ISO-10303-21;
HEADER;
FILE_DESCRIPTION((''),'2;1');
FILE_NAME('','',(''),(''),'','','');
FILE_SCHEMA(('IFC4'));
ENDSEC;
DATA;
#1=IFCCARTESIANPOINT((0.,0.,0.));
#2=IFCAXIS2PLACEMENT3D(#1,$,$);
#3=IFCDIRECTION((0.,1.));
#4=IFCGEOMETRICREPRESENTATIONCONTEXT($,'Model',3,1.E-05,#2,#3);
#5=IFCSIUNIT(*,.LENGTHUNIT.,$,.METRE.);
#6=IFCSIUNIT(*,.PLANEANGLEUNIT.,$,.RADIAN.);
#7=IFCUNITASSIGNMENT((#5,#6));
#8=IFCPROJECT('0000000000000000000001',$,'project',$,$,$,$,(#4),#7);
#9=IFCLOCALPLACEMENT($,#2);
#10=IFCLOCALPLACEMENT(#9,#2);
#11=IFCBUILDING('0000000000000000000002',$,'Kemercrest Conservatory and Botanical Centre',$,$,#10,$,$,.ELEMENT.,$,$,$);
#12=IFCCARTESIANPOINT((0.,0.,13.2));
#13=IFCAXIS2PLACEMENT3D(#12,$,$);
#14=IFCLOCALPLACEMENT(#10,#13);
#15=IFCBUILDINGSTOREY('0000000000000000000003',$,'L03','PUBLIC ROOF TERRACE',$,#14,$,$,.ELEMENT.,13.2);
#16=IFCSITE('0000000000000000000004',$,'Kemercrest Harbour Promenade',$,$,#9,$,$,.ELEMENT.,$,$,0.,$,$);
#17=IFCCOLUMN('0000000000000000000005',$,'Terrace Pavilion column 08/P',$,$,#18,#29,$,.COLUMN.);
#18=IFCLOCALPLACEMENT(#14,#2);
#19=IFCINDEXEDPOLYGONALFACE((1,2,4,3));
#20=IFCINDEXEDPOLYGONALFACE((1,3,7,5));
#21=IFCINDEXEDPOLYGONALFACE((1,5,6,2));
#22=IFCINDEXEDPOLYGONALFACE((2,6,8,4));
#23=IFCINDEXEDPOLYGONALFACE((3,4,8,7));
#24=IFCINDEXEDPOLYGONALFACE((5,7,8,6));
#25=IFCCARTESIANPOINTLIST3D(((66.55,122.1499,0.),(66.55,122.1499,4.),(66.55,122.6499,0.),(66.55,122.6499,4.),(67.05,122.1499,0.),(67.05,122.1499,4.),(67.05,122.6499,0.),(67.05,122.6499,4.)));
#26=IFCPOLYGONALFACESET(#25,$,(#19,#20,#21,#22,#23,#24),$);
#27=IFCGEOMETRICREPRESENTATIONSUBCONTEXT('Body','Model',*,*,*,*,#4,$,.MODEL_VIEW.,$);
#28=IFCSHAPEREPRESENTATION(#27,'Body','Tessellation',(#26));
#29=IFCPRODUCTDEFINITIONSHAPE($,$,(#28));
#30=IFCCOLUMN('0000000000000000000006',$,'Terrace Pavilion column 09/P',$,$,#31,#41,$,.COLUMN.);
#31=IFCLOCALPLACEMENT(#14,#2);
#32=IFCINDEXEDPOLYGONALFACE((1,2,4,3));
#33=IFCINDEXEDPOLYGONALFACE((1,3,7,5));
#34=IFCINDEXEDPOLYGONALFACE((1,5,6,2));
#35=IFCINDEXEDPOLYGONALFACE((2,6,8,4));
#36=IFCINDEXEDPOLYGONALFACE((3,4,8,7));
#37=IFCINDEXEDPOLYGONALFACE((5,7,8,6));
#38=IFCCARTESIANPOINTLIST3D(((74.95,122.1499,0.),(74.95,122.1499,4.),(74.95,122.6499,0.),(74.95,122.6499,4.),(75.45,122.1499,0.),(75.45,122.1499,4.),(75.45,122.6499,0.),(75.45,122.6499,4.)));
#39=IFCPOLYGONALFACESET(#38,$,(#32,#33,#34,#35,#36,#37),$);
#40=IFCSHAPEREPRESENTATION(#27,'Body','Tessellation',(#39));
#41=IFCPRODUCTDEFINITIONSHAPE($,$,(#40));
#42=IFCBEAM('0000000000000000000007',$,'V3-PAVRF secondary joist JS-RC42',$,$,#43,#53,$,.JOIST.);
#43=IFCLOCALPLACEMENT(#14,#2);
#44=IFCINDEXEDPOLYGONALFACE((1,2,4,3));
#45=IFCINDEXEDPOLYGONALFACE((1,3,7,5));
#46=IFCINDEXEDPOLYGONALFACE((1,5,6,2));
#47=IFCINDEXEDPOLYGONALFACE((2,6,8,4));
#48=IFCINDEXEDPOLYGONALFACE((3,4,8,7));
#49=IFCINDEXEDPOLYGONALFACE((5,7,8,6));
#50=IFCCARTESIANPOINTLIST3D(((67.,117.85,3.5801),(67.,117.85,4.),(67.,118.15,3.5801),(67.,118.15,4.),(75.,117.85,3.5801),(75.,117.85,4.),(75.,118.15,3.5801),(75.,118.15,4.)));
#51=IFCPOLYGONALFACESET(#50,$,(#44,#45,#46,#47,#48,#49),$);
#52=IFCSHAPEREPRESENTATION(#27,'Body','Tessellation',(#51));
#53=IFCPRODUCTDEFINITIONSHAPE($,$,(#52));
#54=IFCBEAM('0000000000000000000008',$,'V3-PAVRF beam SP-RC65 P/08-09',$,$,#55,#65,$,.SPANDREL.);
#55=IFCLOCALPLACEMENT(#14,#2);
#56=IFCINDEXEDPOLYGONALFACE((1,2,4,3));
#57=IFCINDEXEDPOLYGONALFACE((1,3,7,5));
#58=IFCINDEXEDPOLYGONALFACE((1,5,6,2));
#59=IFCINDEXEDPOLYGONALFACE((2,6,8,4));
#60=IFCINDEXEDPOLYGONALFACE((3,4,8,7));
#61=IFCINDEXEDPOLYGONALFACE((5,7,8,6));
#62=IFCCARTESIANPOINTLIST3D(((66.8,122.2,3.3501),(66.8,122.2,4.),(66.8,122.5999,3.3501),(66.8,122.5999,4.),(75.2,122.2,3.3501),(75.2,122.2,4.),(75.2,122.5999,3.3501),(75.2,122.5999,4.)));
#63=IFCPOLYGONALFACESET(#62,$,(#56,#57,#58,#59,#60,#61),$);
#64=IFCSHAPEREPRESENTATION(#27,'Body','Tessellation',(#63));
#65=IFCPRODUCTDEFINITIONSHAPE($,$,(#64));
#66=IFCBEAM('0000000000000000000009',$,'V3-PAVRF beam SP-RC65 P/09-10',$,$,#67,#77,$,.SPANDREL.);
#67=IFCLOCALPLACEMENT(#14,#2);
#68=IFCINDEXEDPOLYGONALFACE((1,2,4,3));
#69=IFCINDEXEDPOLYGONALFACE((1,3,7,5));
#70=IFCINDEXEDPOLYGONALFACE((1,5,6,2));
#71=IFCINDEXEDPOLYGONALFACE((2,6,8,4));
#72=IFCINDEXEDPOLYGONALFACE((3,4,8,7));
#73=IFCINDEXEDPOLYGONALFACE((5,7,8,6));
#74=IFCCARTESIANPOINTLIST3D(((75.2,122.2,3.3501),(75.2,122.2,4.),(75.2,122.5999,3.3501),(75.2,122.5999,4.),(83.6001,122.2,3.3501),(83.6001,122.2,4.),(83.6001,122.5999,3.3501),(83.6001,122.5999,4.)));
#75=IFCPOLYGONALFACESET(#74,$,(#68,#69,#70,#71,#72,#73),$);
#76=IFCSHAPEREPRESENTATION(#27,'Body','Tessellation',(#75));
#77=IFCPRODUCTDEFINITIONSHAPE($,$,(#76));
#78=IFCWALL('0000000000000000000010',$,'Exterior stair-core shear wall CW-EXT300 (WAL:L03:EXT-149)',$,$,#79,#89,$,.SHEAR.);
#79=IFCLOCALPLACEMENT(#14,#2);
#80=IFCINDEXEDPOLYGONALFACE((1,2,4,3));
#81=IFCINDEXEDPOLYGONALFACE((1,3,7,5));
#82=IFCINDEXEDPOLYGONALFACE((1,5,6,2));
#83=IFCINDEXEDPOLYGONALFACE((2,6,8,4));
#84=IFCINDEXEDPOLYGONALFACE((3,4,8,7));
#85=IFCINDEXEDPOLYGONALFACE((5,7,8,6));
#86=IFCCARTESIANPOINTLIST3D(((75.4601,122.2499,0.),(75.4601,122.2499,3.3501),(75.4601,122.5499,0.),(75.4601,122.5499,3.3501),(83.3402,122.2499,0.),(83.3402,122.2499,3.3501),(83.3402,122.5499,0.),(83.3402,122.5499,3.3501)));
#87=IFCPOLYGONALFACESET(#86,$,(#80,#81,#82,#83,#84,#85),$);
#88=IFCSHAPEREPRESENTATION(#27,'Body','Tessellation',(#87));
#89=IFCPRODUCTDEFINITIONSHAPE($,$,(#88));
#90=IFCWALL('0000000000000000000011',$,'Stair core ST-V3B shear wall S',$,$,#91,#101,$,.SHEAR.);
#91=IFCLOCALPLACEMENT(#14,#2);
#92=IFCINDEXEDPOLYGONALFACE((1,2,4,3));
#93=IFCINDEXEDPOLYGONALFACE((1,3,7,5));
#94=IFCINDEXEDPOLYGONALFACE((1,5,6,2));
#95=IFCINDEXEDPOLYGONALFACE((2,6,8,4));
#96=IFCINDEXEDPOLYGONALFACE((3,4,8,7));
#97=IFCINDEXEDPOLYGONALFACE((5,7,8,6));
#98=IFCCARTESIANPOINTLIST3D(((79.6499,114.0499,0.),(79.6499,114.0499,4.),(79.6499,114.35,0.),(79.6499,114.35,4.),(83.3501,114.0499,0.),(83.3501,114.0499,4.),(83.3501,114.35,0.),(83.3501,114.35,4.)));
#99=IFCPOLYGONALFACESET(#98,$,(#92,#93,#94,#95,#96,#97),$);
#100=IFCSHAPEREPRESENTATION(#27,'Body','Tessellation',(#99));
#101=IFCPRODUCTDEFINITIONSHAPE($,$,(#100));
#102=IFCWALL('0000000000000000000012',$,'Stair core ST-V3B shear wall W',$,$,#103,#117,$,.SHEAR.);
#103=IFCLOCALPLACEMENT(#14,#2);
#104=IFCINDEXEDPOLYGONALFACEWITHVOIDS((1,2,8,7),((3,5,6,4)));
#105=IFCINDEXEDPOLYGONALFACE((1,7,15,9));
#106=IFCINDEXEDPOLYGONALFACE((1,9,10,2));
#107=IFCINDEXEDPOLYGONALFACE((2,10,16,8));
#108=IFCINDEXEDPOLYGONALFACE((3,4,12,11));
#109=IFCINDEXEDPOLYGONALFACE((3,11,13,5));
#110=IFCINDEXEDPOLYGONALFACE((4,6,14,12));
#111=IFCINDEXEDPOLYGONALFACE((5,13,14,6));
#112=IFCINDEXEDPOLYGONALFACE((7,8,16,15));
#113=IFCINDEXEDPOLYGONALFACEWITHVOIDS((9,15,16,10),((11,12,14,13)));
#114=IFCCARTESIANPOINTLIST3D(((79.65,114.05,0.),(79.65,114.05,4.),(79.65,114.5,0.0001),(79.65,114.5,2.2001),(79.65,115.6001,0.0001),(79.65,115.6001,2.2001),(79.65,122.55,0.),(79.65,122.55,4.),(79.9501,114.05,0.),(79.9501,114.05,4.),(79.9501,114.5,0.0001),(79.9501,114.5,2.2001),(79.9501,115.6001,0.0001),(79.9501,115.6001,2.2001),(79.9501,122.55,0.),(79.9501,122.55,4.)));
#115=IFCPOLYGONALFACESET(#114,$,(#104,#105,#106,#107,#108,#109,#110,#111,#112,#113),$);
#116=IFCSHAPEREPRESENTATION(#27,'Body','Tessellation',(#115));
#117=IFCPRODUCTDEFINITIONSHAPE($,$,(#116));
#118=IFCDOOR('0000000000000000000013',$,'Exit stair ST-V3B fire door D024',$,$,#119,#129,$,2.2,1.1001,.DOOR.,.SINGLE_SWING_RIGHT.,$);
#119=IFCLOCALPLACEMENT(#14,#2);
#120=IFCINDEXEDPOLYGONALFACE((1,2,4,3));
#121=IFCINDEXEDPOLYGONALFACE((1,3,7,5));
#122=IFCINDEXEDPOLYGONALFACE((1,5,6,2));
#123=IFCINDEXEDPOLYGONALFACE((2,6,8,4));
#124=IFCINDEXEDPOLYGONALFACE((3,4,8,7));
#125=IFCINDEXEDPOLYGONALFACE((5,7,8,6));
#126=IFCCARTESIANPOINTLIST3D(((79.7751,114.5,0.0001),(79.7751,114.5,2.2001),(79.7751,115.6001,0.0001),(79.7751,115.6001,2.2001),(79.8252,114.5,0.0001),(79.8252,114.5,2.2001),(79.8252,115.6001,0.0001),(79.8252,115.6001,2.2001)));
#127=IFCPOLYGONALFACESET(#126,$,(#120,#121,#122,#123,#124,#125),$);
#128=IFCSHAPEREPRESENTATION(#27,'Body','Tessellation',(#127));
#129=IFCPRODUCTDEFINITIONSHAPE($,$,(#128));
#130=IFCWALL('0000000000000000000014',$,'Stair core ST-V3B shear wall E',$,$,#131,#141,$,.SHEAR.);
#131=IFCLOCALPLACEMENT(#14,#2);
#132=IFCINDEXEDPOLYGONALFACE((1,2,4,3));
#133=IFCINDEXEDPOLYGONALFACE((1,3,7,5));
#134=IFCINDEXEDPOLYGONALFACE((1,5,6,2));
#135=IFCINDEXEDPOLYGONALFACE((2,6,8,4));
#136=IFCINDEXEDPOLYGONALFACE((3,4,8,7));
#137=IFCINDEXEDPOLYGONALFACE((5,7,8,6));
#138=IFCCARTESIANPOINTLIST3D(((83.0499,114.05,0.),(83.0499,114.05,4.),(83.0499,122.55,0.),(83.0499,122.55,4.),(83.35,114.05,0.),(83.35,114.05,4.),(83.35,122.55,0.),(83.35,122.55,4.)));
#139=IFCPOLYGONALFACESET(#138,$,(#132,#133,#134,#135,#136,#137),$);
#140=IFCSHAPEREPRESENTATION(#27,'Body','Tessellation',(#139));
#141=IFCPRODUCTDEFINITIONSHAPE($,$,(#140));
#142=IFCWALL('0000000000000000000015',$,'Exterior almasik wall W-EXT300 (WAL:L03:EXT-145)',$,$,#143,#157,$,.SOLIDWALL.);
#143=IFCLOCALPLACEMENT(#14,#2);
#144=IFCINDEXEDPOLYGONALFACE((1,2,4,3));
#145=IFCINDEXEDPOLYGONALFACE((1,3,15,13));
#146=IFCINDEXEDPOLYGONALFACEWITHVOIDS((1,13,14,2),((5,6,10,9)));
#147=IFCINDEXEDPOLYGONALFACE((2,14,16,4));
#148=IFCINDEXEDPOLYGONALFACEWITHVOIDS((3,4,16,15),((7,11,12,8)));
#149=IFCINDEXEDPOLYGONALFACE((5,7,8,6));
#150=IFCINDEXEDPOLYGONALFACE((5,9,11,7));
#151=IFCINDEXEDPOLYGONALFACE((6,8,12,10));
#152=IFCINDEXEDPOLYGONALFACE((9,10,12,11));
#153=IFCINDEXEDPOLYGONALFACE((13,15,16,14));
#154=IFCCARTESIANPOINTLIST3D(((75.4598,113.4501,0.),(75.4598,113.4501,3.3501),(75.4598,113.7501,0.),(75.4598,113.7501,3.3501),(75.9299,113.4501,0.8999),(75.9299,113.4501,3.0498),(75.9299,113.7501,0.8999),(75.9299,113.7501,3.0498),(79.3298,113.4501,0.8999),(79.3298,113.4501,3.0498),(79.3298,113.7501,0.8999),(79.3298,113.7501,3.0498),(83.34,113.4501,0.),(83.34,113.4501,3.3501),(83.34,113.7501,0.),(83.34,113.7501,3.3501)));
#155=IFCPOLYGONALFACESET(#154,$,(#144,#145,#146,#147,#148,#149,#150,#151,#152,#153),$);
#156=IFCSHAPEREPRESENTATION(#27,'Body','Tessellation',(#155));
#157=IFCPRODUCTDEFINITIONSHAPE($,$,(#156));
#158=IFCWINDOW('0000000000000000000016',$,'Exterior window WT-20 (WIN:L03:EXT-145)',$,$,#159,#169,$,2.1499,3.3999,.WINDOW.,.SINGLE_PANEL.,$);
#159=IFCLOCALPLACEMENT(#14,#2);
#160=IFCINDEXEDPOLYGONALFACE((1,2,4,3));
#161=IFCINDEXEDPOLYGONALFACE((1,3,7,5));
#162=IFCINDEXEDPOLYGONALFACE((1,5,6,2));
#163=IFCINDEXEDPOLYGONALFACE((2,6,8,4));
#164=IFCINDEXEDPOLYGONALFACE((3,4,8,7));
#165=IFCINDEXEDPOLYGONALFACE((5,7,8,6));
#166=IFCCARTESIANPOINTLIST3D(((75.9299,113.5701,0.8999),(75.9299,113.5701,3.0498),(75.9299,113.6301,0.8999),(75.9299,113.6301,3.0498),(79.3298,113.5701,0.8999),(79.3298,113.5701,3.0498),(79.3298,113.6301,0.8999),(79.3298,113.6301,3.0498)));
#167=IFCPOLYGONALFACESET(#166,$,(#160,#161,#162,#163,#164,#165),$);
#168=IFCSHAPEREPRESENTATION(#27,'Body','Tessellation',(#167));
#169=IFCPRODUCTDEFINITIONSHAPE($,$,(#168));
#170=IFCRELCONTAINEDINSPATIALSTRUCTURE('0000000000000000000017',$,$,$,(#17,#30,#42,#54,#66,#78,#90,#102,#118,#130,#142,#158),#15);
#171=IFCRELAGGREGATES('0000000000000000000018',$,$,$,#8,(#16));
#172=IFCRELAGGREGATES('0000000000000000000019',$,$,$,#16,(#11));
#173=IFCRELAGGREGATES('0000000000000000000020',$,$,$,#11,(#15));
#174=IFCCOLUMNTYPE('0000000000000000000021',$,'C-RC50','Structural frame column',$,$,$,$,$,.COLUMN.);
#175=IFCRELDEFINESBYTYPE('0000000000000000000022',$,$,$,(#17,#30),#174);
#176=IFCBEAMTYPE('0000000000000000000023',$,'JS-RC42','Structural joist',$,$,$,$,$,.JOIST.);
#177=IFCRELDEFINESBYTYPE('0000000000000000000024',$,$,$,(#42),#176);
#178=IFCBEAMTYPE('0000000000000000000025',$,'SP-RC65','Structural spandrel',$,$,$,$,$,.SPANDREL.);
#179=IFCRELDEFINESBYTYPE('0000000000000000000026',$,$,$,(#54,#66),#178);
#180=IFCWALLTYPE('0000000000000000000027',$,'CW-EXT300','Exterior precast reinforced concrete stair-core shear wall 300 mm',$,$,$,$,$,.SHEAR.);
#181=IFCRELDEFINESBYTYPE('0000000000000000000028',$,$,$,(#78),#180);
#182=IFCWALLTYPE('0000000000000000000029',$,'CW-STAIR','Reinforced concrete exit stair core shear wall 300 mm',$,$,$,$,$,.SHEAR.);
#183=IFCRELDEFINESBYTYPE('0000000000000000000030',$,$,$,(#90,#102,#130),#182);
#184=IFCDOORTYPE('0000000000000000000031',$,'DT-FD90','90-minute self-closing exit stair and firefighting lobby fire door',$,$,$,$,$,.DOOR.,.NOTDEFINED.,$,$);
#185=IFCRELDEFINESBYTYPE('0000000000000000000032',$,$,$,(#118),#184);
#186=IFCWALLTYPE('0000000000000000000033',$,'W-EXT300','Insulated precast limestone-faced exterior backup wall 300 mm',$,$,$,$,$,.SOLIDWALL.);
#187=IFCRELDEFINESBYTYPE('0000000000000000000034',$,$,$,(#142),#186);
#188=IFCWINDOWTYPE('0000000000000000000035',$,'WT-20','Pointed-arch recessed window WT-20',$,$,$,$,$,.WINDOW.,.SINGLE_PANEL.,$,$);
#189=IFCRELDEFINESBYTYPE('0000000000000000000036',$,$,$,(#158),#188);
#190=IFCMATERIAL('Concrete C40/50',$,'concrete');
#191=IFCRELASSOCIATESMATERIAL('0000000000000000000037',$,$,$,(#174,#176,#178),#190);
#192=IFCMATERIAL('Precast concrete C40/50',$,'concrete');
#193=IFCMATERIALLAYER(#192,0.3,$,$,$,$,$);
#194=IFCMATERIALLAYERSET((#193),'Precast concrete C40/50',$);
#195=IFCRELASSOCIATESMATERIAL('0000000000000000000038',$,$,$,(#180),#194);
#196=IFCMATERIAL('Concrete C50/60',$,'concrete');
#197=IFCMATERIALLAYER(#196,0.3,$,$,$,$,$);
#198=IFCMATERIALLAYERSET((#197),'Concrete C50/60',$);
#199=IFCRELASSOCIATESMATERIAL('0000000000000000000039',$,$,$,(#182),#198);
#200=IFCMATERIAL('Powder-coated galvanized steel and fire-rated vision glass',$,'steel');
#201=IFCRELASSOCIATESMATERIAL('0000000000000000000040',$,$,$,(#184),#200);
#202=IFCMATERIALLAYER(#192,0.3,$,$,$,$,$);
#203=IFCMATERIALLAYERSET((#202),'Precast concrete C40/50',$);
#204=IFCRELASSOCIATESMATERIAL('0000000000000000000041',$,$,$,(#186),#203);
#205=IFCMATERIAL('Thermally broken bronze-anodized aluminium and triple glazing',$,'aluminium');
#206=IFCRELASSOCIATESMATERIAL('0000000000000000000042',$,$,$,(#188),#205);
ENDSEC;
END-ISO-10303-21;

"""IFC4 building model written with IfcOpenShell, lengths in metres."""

from ifc_helpers import new_model, si_unit, direction, frame, frame_2d, origin, origin_2d, place, context, subcontext, project, spatial, rectangle, extrude, material, layer, layer_set, material_profile, profile_set, type_object, element, fill, save


model = new_model("IFC4")

# Units and contexts
model_context = context("Model", 3, precision=1e-05, world=origin(), true_north=direction((0.0, 1.0)))
body_context = subcontext(model_context, "Body", "Model", "MODEL_VIEW")
ifc_project = project(units=[si_unit("LENGTHUNIT", "METRE"), si_unit("PLANEANGLEUNIT", "RADIAN")], contexts=[model_context])

# Site, building, storey
site_placement = place(None, origin())
site = spatial("IfcSite", under=ifc_project, at=site_placement, Name="Kemercrest Harbour Promenade", CompositionType="ELEMENT", RefElevation=0.0)
building_placement = place(site_placement, origin())
building = spatial("IfcBuilding", under=site, at=building_placement, Name="Kemercrest Conservatory and Botanical Centre", CompositionType="ELEMENT")
storey_placement = place(building_placement, frame((0.0, 0.0, 13.2)))
storey = spatial("IfcBuildingStorey", under=building, at=storey_placement, Name="L03", Description="PUBLIC ROOF TERRACE", CompositionType="ELEMENT", Elevation=13.2)

# Columns
ifc_material_1 = material(Name="Concrete C40/50", Category="concrete")
ifc_material_profile_1 = material_profile(ifc_material_1, rectangle(XDim=0.5, YDim=0.5, at=origin_2d()), Name="RC 500x500")
ifc_profile_set_1 = profile_set([ifc_material_profile_1], Name="Concrete C40/50")
column_type = type_object("IfcColumnType", Name="C-RC50", Description="Structural frame column", PredefinedType="COLUMN", material=ifc_profile_set_1)
for number, where, z_axis, x_axis, name in (
    (1, (66.8, 122.3999, 0.0), (0.0, 0.0, 1.0), (1.0, 0.0, 0.0), "Terrace Pavilion column 08/P"),
    (2, (75.2, 122.3999, 0.0), (0.0, 0.0, 1.0), (1.0, 0.0, 0.0), "Terrace Pavilion column 09/P"),
):
    element("IfcColumn", number, at=place(storey_placement, frame(where, z_axis=z_axis, x_axis=x_axis)), inside=storey, type_object=column_type, Name=name, PredefinedType="COLUMN", context=body_context, shape_type="SweptSolid", body=[
        extrude(rectangle(XDim=0.5, YDim=0.5, at=origin_2d()), origin(), (0.0, 0.0, 1.0), 4.0),
    ])

# Beams
ifc_material_profile_2 = material_profile(ifc_material_1, rectangle(XDim=0.3, YDim=0.4199, at=origin_2d()), Name="RC 300x420")
ifc_profile_set_2 = profile_set([ifc_material_profile_2], Name="Concrete C40/50")
beam_type_1 = type_object("IfcBeamType", Name="JS-RC42", Description="Structural joist", PredefinedType="JOIST", material=ifc_profile_set_2)
beam_1_placement = place(storey_placement, frame((67.0, 118.0, 3.79), z_axis=(1.0, 0.0, 0.0), x_axis=(0.0, 1.0, 0.0)))
element("IfcBeam", 3, at=beam_1_placement, inside=storey, type_object=beam_type_1, Name="V3-PAVRF secondary joist JS-RC42", PredefinedType="JOIST", context=body_context, shape_type="SweptSolid", body=[
    extrude(rectangle(XDim=0.3, YDim=0.4199, at=origin_2d()), origin(), (0.0, 0.0, 1.0), 8.0),
])
ifc_material_profile_3 = material_profile(ifc_material_1, rectangle(XDim=0.3999, YDim=0.6499, at=origin_2d()), Name="RC 400x650")
ifc_profile_set_3 = profile_set([ifc_material_profile_3], Name="Concrete C40/50")
beam_type_2 = type_object("IfcBeamType", Name="SP-RC65", Description="Structural spandrel", PredefinedType="SPANDREL", material=ifc_profile_set_3)
beam_2_placement = place(storey_placement, frame((66.8, 122.3999, 3.675), z_axis=(1.0, 0.0, 0.0), x_axis=(0.0, 1.0, 0.0)))
element("IfcBeam", 4, at=beam_2_placement, inside=storey, type_object=beam_type_2, Name="V3-PAVRF beam SP-RC65 P/08-09", PredefinedType="SPANDREL", context=body_context, shape_type="SweptSolid", body=[
    extrude(rectangle(XDim=0.3999, YDim=0.6499, at=origin_2d()), origin(), (0.0, 0.0, 1.0), 8.3999),
])
beam_3_placement = place(storey_placement, frame((75.2, 122.3999, 3.675), z_axis=(1.0, 0.0, 0.0), x_axis=(0.0, 1.0, 0.0)))
element("IfcBeam", 5, at=beam_3_placement, inside=storey, type_object=beam_type_2, Name="V3-PAVRF beam SP-RC65 P/09-10", PredefinedType="SPANDREL", context=body_context, shape_type="SweptSolid", body=[
    extrude(rectangle(XDim=0.3999, YDim=0.6499, at=origin_2d()), origin(), (0.0, 0.0, 1.0), 8.4001),
])

# Walls
ifc_material_2 = material(Name="Precast concrete C40/50", Category="concrete")
ifc_layer_1 = layer(ifc_material_2, 0.3)
ifc_layer_set_1 = layer_set([ifc_layer_1], Name="Precast concrete C40/50")
wall_type_1 = type_object("IfcWallType", Name="CW-EXT300", Description="Exterior precast reinforced concrete stair-core shear wall 300 mm", PredefinedType="SHEAR", material=ifc_layer_set_1)
wall_1_placement = place(storey_placement, frame((83.3401, 122.3999, 0.0), z_axis=(0.0, 0.0, 1.0), x_axis=(-1.0, 0.0, 0.0)))
element("IfcWall", 6, at=wall_1_placement, inside=storey, type_object=wall_type_1, Name="Exterior stair-core shear wall CW-EXT300 (WAL:L03:EXT-149)", PredefinedType="SHEAR", context=body_context, shape_type="SweptSolid", body=[
    extrude(rectangle(XDim=7.8801, YDim=0.3, at=frame_2d((3.9399, 0.0))), origin(), (0.0, 0.0, 1.0), 3.3501),
])
ifc_material_3 = material(Name="Concrete C50/60", Category="concrete")
ifc_layer_2 = layer(ifc_material_3, 0.3)
ifc_layer_set_2 = layer_set([ifc_layer_2], Name="Concrete C50/60")
wall_type_2 = type_object("IfcWallType", Name="CW-STAIR", Description="Reinforced concrete exit stair core shear wall 300 mm", PredefinedType="SHEAR", material=ifc_layer_set_2)
wall_2_placement = place(storey_placement, frame((79.6499, 114.2, 0.0), z_axis=(0.0, 0.0, 1.0), x_axis=(1.0, 0.0, 0.0)))
element("IfcWall", 7, at=wall_2_placement, inside=storey, type_object=wall_type_2, Name="Stair core ST-V3B shear wall S", PredefinedType="SHEAR", context=body_context, shape_type="SweptSolid", body=[
    extrude(rectangle(XDim=3.7002, YDim=0.3, at=frame_2d((1.8501, 0.0))), origin(), (0.0, 0.0, 1.0), 4.0),
])

# Wall, opening, door
wall_3_placement = place(storey_placement, frame((79.8, 114.05, 0.0), z_axis=(0.0, 0.0, 1.0), x_axis=(0.0, 1.0, 0.0)))
wall_3 = element("IfcWall", 8, at=wall_3_placement, inside=storey, type_object=wall_type_2, Name="Stair core ST-V3B shear wall W", PredefinedType="SHEAR", context=body_context, shape_type="SweptSolid", body=[
    extrude(rectangle(XDim=8.5, YDim=0.3, at=frame_2d((4.25, 0.0))), origin(), (0.0, 0.0, 1.0), 4.0),
])
opening_1_placement = place(wall_3_placement, frame((0.45, 0.0, 0.0)))
opening_1 = element("IfcOpeningElement", 9, at=opening_1_placement, cuts=wall_3, PredefinedType="OPENING", context=body_context, shape_type="SweptSolid", body=[
    extrude(rectangle(XDim=1.1001, YDim=2.2, at=frame_2d((0.55, 1.1001))), frame((0.0, 0.1602, 0.0), z_axis=(0.0, -1.0, 0.0), x_axis=(1.0, 0.0, 0.0)), (0.0, 0.0, 1.0), 0.3201),
])
ifc_material_4 = material(Name="Powder-coated galvanized steel and fire-rated vision glass", Category="steel")
door_type_1 = type_object("IfcDoorType", Name="DT-FD90", Description="90-minute self-closing exit stair and firefighting lobby fire door", OperationType="NOTDEFINED", PredefinedType="DOOR", material=ifc_material_4)
door_1_placement = place(opening_1_placement, origin())
door_1 = element("IfcDoor", 10, at=door_1_placement, inside=storey, type_object=door_type_1, Name="Exit stair ST-V3B fire door D024", OperationType="SINGLE_SWING_RIGHT", OverallHeight=2.2, OverallWidth=1.1001, PredefinedType="DOOR", context=body_context, shape_type="SweptSolid", body=[
    extrude(rectangle(XDim=1.1001, YDim=2.2, at=frame_2d((0.55, 1.1001))), frame((0.0, 0.0249, 0.0), z_axis=(0.0, -1.0, 0.0), x_axis=(1.0, 0.0, 0.0)), (0.0, 0.0, 1.0), 0.05),
])
fill(opening_1, door_1)

# Wall
wall_4_placement = place(storey_placement, frame((83.2, 114.05, 0.0), z_axis=(0.0, 0.0, 1.0), x_axis=(0.0, 1.0, 0.0)))
element("IfcWall", 11, at=wall_4_placement, inside=storey, type_object=wall_type_2, Name="Stair core ST-V3B shear wall E", PredefinedType="SHEAR", context=body_context, shape_type="SweptSolid", body=[
    extrude(rectangle(XDim=8.5, YDim=0.3, at=frame_2d((4.25, 0.0))), origin(), (0.0, 0.0, 1.0), 4.0),
])

# Wall, opening, window
ifc_layer_3 = layer(ifc_material_2, 0.3)
ifc_layer_set_3 = layer_set([ifc_layer_3], Name="Precast concrete C40/50")
wall_type_3 = type_object("IfcWallType", Name="W-EXT300", Description="Insulated precast limestone-faced exterior backup wall 300 mm", PredefinedType="SOLIDWALL", material=ifc_layer_set_3)
wall_5_placement = place(storey_placement, frame((75.46, 113.6001, 0.0), z_axis=(0.0, 0.0, 1.0), x_axis=(1.0, 0.0, 0.0)))
wall_5 = element("IfcWall", 12, at=wall_5_placement, inside=storey, type_object=wall_type_3, Name="Exterior almasik wall W-EXT300 (WAL:L03:EXT-145)", PredefinedType="SOLIDWALL", context=body_context, shape_type="SweptSolid", body=[
    extrude(rectangle(XDim=7.8801, YDim=0.3, at=frame_2d((3.9399, 0.0))), origin(), (0.0, 0.0, 1.0), 3.3501),
])
opening_2_placement = place(wall_5_placement, frame((0.47, 0.0, 0.8999)))
opening_2 = element("IfcOpeningElement", 13, at=opening_2_placement, cuts=wall_5, PredefinedType="OPENING", context=body_context, shape_type="SweptSolid", body=[
    extrude(rectangle(XDim=3.3999, YDim=2.1499, at=frame_2d((1.7, 1.075))), frame((0.0, 0.1602, 0.0), z_axis=(0.0, -1.0, 0.0), x_axis=(1.0, 0.0, 0.0)), (0.0, 0.0, 1.0), 0.3201),
])
ifc_material_5 = material(Name="Thermally broken bronze-anodized aluminium and triple glazing", Category="aluminium")
window_type_1 = type_object("IfcWindowType", Name="WT-20", Description="Pointed-arch recessed window WT-20", PartitioningType="SINGLE_PANEL", PredefinedType="WINDOW", material=ifc_material_5)
window_1_placement = place(opening_2_placement, origin())
window_1 = element("IfcWindow", 14, at=window_1_placement, inside=storey, type_object=window_type_1, Name="Exterior window WT-20 (WIN:L03:EXT-145)", OverallHeight=2.1499, OverallWidth=3.3999, PartitioningType="SINGLE_PANEL", PredefinedType="WINDOW", context=body_context, shape_type="SweptSolid", body=[
    extrude(rectangle(XDim=3.3999, YDim=2.1499, at=frame_2d((1.7, 1.075))), frame((0.0, 0.03, 0.0), z_axis=(0.0, -1.0, 0.0), x_axis=(1.0, 0.0, 0.0)), (0.0, 0.0, 1.0), 0.0601),
])
fill(opening_2, window_1)

save(model, "model.ifc")
